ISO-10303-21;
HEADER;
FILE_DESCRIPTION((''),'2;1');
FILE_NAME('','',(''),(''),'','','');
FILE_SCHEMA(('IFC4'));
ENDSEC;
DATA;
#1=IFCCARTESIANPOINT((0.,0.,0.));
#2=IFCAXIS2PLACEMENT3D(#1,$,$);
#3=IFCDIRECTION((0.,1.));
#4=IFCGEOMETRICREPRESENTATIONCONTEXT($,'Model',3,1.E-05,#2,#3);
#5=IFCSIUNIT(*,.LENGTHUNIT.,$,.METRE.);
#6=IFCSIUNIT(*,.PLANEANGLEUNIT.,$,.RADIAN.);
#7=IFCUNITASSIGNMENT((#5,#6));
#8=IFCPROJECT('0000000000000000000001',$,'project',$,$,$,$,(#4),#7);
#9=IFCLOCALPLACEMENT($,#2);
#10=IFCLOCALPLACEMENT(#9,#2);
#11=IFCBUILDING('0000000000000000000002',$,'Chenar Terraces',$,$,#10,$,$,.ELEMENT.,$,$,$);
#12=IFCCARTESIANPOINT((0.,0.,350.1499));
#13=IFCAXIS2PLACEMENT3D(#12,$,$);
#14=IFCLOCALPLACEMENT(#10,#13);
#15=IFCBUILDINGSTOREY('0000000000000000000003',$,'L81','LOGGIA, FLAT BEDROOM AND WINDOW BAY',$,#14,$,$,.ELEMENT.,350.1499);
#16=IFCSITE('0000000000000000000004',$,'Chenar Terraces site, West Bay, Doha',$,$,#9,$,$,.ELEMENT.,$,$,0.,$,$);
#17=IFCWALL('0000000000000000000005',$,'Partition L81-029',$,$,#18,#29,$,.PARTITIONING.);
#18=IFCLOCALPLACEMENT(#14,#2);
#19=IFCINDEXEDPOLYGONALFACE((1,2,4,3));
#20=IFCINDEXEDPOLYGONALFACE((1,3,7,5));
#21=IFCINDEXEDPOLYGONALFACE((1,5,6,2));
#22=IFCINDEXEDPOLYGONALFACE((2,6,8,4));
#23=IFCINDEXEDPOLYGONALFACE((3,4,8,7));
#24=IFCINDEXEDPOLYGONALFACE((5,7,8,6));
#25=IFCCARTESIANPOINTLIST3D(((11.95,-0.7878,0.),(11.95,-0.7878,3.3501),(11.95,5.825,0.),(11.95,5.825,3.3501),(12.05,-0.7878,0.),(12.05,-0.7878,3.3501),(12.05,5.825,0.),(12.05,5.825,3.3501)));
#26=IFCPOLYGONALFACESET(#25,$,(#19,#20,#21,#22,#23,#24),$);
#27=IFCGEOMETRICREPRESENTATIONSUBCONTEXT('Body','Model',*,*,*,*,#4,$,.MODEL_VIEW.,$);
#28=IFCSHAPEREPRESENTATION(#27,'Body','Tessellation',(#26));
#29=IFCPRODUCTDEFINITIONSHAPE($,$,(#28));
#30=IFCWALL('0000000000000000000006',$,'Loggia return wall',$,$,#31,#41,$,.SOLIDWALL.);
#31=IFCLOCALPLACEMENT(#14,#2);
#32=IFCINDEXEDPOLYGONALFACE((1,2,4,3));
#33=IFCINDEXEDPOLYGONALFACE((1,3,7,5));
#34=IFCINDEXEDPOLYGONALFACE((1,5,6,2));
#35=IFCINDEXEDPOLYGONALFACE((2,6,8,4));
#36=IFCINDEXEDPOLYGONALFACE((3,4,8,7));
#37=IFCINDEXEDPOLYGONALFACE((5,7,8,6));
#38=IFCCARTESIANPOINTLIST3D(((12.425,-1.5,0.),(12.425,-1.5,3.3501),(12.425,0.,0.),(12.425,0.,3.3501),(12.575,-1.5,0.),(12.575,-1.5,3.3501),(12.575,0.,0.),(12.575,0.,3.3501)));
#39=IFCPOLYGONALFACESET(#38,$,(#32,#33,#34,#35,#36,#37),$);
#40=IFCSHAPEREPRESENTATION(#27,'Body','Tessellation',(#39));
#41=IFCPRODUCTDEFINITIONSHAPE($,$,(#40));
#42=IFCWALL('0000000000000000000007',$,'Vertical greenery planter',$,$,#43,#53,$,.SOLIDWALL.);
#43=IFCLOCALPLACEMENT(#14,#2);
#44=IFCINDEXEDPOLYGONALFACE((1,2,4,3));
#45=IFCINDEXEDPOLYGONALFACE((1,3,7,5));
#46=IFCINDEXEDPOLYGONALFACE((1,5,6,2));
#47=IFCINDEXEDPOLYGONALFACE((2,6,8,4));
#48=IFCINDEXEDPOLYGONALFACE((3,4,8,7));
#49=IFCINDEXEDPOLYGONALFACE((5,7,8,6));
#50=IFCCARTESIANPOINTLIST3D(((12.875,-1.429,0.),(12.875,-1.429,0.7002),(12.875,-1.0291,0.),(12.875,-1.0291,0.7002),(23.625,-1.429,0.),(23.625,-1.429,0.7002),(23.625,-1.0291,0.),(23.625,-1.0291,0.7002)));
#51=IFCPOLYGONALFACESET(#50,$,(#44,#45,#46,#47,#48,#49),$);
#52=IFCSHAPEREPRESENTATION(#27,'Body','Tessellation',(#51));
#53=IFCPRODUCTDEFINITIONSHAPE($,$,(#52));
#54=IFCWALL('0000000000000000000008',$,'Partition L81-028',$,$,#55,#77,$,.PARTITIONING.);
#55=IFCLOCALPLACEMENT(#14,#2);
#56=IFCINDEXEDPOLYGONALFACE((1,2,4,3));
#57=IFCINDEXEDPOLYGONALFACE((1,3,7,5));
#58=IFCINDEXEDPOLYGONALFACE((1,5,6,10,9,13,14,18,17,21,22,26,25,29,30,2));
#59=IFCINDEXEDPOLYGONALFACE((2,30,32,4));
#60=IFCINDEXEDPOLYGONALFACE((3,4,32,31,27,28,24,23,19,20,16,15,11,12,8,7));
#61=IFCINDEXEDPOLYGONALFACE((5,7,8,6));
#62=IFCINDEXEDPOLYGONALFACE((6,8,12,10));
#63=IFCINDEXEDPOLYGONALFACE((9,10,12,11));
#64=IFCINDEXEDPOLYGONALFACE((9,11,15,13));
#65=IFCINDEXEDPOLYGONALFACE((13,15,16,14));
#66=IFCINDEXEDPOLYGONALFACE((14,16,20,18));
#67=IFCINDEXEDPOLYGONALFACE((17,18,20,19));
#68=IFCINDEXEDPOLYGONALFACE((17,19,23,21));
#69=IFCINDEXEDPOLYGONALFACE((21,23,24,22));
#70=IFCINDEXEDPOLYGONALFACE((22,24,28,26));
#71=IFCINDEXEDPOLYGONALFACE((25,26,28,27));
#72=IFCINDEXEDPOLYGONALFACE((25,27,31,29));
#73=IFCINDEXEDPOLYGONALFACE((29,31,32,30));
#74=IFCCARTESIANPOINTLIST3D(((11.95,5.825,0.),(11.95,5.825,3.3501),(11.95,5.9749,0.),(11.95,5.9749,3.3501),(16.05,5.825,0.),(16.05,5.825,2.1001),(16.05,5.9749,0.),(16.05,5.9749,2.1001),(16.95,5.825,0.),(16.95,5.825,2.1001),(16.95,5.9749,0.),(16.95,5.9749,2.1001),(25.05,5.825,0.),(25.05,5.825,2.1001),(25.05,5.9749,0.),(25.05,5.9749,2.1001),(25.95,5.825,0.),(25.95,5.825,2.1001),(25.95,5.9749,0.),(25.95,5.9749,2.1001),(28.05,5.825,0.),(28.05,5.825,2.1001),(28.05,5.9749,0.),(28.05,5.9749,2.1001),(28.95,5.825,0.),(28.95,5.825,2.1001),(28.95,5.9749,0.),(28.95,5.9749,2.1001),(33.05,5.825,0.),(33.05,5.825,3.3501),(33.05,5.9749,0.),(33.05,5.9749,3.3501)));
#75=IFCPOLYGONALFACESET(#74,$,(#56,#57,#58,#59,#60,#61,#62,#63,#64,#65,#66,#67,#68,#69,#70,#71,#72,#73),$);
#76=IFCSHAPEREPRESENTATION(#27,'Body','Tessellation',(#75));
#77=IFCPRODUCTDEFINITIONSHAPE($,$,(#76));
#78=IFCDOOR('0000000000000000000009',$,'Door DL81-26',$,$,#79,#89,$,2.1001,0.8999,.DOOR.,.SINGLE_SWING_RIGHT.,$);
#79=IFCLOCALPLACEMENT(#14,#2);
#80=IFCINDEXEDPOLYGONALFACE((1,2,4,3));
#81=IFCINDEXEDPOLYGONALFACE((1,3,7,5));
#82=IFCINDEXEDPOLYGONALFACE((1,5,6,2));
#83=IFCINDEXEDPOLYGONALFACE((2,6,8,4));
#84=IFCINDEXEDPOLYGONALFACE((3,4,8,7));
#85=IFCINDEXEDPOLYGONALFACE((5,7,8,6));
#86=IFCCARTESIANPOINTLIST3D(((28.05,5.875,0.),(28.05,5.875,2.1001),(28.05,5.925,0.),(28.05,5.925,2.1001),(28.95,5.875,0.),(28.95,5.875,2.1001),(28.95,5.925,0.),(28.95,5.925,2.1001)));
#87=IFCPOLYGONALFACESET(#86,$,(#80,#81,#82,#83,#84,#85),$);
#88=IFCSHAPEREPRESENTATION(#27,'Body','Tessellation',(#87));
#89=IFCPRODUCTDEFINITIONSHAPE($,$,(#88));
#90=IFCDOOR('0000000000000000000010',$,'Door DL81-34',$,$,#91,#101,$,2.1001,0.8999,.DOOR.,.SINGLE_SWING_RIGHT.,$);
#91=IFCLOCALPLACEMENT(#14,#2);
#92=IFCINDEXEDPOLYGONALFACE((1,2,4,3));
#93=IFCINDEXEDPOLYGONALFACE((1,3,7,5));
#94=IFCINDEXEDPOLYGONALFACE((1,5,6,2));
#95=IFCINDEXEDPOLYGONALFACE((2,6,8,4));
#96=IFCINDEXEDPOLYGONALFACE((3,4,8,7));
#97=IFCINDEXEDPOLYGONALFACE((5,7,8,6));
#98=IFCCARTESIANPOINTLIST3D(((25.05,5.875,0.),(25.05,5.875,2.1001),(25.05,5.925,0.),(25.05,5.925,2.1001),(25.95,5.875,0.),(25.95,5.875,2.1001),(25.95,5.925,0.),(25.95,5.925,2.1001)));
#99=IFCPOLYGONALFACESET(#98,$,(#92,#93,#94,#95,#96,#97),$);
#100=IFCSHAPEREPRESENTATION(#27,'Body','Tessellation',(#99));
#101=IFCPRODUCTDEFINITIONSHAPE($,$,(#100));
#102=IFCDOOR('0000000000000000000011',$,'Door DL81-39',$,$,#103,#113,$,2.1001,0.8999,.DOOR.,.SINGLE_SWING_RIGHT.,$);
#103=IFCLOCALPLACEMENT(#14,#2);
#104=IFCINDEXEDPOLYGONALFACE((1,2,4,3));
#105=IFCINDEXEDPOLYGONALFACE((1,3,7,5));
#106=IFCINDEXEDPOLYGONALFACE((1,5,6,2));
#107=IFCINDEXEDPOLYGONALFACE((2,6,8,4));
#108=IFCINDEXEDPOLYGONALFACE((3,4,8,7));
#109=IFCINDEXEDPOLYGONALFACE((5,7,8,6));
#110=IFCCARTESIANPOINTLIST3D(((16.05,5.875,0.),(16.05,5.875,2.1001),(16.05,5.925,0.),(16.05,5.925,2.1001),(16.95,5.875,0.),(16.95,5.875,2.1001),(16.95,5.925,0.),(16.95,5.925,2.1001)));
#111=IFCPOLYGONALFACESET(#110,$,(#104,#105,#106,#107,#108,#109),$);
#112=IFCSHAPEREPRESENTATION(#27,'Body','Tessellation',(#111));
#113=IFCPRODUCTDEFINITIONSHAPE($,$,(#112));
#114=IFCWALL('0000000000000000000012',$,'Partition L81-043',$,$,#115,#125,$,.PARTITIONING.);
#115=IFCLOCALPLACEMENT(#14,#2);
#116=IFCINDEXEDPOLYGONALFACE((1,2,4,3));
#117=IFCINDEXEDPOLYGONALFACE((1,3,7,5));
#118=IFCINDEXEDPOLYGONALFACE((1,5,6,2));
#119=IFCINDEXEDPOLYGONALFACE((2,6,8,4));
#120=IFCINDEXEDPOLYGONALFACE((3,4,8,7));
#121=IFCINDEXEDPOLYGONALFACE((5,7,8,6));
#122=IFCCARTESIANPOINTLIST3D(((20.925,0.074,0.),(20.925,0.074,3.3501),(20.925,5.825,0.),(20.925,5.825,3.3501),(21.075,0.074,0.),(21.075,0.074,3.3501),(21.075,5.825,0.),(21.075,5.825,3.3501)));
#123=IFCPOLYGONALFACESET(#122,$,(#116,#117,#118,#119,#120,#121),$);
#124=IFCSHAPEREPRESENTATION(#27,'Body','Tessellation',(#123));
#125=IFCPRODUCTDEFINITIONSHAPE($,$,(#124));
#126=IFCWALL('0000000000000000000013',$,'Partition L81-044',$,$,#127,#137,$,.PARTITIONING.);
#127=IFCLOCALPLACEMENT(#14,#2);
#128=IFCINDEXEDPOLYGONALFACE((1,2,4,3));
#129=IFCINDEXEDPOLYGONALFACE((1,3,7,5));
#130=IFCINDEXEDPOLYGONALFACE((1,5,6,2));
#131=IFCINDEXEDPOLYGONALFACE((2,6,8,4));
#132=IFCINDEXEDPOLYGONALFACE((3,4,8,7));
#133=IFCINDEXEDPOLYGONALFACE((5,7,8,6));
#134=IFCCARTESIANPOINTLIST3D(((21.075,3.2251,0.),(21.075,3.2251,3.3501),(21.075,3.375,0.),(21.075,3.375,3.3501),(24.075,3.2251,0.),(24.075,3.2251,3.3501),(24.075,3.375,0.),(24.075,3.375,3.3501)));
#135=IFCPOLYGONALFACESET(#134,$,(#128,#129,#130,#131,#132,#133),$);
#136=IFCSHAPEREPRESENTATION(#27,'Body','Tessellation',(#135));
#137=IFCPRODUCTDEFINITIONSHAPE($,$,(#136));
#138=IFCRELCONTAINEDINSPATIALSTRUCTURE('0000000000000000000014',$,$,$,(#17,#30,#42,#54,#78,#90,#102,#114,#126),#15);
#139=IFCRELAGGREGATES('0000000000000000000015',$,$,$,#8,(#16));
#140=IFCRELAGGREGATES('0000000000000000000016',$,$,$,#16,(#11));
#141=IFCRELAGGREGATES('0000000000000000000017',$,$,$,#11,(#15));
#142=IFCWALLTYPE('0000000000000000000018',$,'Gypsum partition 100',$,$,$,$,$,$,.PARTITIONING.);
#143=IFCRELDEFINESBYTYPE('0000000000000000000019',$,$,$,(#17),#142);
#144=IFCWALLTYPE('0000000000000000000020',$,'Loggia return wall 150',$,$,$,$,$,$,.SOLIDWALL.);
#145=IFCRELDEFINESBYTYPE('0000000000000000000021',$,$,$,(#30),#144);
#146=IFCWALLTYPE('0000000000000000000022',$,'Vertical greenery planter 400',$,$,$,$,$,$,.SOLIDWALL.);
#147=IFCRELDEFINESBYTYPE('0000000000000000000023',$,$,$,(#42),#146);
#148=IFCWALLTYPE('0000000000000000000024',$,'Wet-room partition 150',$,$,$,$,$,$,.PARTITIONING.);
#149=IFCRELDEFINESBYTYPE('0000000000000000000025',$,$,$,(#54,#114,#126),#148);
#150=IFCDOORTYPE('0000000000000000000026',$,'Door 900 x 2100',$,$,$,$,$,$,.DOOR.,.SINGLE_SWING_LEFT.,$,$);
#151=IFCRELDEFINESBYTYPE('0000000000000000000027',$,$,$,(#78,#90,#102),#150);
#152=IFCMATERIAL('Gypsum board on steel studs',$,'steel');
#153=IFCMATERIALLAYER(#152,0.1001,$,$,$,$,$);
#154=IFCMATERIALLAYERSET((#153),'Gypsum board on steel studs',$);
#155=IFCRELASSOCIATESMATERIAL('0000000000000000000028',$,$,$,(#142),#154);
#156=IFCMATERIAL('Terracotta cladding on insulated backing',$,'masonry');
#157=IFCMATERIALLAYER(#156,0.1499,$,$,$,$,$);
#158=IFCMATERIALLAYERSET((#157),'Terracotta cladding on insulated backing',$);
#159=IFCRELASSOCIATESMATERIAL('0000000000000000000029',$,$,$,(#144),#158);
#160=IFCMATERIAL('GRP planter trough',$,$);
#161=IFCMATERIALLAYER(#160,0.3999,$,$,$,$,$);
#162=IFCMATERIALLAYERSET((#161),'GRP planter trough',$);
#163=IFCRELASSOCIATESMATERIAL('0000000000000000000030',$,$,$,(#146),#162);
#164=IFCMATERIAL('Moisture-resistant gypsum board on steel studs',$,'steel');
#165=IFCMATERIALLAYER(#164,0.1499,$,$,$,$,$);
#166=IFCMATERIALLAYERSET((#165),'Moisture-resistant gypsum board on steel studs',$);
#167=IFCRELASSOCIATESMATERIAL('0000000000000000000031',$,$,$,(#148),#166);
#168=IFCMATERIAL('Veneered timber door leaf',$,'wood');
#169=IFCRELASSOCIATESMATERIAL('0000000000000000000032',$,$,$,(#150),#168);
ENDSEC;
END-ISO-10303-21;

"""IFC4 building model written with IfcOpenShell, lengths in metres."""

from ifc_helpers import new_model, si_unit, direction, frame, frame_2d, origin, place, context, subcontext, project, spatial, rectangle, extrude, material, layer, layer_set, type_object, element, fill, save


model = new_model("IFC4")

# Units and contexts
model_context = context("Model", 3, precision=1e-05, world=origin(), true_north=direction((0.0, 1.0)))
body_context = subcontext(model_context, "Body", "Model", "MODEL_VIEW")
ifc_project = project(units=[si_unit("LENGTHUNIT", "METRE"), si_unit("PLANEANGLEUNIT", "RADIAN")], contexts=[model_context])

# Site, building, storey
site_placement = place(None, origin())
site = spatial("IfcSite", under=ifc_project, at=site_placement, Name="Chenar Terraces site, West Bay, Doha", CompositionType="ELEMENT", RefElevation=0.0)
building_placement = place(site_placement, origin())
building = spatial("IfcBuilding", under=site, at=building_placement, Name="Chenar Terraces", CompositionType="ELEMENT")
storey_placement = place(building_placement, frame((0.0, 0.0, 350.1499)))
storey = spatial("IfcBuildingStorey", under=building, at=storey_placement, Name="L81", Description="LOGGIA, FLAT BEDROOM AND WINDOW BAY", CompositionType="ELEMENT", Elevation=350.1499)

# Walls
ifc_material_1 = material(Name="Gypsum board on steel studs", Category="steel")
ifc_layer_1 = layer(ifc_material_1, 0.1001)
ifc_layer_set_1 = layer_set([ifc_layer_1], Name="Gypsum board on steel studs")
wall_type_1 = type_object("IfcWallType", Name="Gypsum partition 100", PredefinedType="PARTITIONING", material=ifc_layer_set_1)
wall_1_placement = place(storey_placement, frame((12.0, -0.7878, 0.0), z_axis=(0.0, 0.0, 1.0), x_axis=(0.0, 1.0, 0.0)))
element("IfcWall", 1, at=wall_1_placement, inside=storey, type_object=wall_type_1, Name="Partition L81-029", PredefinedType="PARTITIONING", context=body_context, shape_type="SweptSolid", body=[
    extrude(rectangle(XDim=6.6128, YDim=0.1001, at=frame_2d((3.3064, 0.0))), origin(), (0.0, 0.0, 1.0), 3.3501),
])
ifc_material_2 = material(Name="Terracotta cladding on insulated backing", Category="masonry")
ifc_layer_2 = layer(ifc_material_2, 0.1499)
ifc_layer_set_2 = layer_set([ifc_layer_2], Name="Terracotta cladding on insulated backing")
wall_type_2 = type_object("IfcWallType", Name="Loggia return wall 150", PredefinedType="SOLIDWALL", material=ifc_layer_set_2)
wall_2_placement = place(storey_placement, frame((12.5, -1.5, 0.0), z_axis=(0.0, 0.0, 1.0), x_axis=(0.0, 1.0, 0.0)))
element("IfcWall", 2, at=wall_2_placement, inside=storey, type_object=wall_type_2, Name="Loggia return wall", PredefinedType="SOLIDWALL", context=body_context, shape_type="SweptSolid", body=[
    extrude(rectangle(XDim=1.5, YDim=0.1499, at=frame_2d((0.75, 0.0))), origin(), (0.0, 0.0, 1.0), 3.3501),
])
ifc_material_3 = material(Name="GRP planter trough")
ifc_layer_3 = layer(ifc_material_3, 0.3999)
ifc_layer_set_3 = layer_set([ifc_layer_3], Name="GRP planter trough")
wall_type_3 = type_object("IfcWallType", Name="Vertical greenery planter 400", PredefinedType="SOLIDWALL", material=ifc_layer_set_3)
wall_3_placement = place(storey_placement, frame((12.875, -1.229, 0.0), z_axis=(0.0, 0.0, 1.0), x_axis=(1.0, 0.0, 0.0)))
element("IfcWall", 3, at=wall_3_placement, inside=storey, type_object=wall_type_3, Name="Vertical greenery planter", PredefinedType="SOLIDWALL", context=body_context, shape_type="SweptSolid", body=[
    extrude(rectangle(XDim=10.75, YDim=0.3999, at=frame_2d((5.375, 0.0))), origin(), (0.0, 0.0, 1.0), 0.7002),
])

# Wall, openings, doors
ifc_material_4 = material(Name="Moisture-resistant gypsum board on steel studs", Category="steel")
ifc_layer_4 = layer(ifc_material_4, 0.1499)
ifc_layer_set_4 = layer_set([ifc_layer_4], Name="Moisture-resistant gypsum board on steel studs")
wall_type_4 = type_object("IfcWallType", Name="Wet-room partition 150", PredefinedType="PARTITIONING", material=ifc_layer_set_4)
wall_4_placement = place(storey_placement, frame((11.95, 5.8999, 0.0), z_axis=(0.0, 0.0, 1.0), x_axis=(1.0, 0.0, 0.0)))
wall_4 = element("IfcWall", 4, at=wall_4_placement, inside=storey, type_object=wall_type_4, Name="Partition L81-028", PredefinedType="PARTITIONING", context=body_context, shape_type="SweptSolid", body=[
    extrude(rectangle(XDim=21.1001, YDim=0.1499, at=frame_2d((10.55, 0.0))), origin(), (0.0, 0.0, 1.0), 3.3501),
])
opening_1_placement = place(wall_4_placement, frame((16.1001, 0.0, 0.0)))
opening_1 = element("IfcOpeningElement", 5, at=opening_1_placement, cuts=wall_4, PredefinedType="OPENING", context=body_context, shape_type="SweptSolid", body=[
    extrude(rectangle(XDim=0.8999, YDim=2.1001, at=frame_2d((0.45, 1.05))), frame((0.0, 0.085, 0.0), z_axis=(0.0, -1.0, 0.0), x_axis=(1.0, 0.0, 0.0)), (0.0, 0.0, 1.0), 0.1699),
])
opening_2_placement = place(wall_4_placement, frame((13.1001, 0.0, 0.0)))
opening_2 = element("IfcOpeningElement", 6, at=opening_2_placement, cuts=wall_4, PredefinedType="OPENING", context=body_context, shape_type="SweptSolid", body=[
    extrude(rectangle(XDim=0.8999, YDim=2.1001, at=frame_2d((0.45, 1.05))), frame((0.0, 0.085, 0.0), z_axis=(0.0, -1.0, 0.0), x_axis=(1.0, 0.0, 0.0)), (0.0, 0.0, 1.0), 0.1699),
])
opening_3_placement = place(wall_4_placement, frame((4.1001, 0.0, 0.0)))
opening_3 = element("IfcOpeningElement", 7, at=opening_3_placement, cuts=wall_4, PredefinedType="OPENING", context=body_context, shape_type="SweptSolid", body=[
    extrude(rectangle(XDim=0.8999, YDim=2.1001, at=frame_2d((0.45, 1.05))), frame((0.0, 0.085, 0.0), z_axis=(0.0, -1.0, 0.0), x_axis=(1.0, 0.0, 0.0)), (0.0, 0.0, 1.0), 0.1699),
])
ifc_material_5 = material(Name="Veneered timber door leaf", Category="wood")
door_type_1 = type_object("IfcDoorType", Name="Door 900 x 2100", OperationType="SINGLE_SWING_LEFT", PredefinedType="DOOR", material=ifc_material_5)
door_1_placement = place(opening_1_placement, frame((0.8999, 0.0, 0.0), z_axis=(0.0, 0.0, 1.0), x_axis=(-1.0, 0.0, 0.0)))
door_1 = element("IfcDoor", 8, at=door_1_placement, inside=storey, type_object=door_type_1, Name="Door DL81-26", OperationType="SINGLE_SWING_RIGHT", OverallHeight=2.1001, OverallWidth=0.8999, PredefinedType="DOOR", context=body_context, shape_type="SweptSolid", body=[
    extrude(rectangle(XDim=0.8999, YDim=2.1001, at=frame_2d((0.45, 1.05))), frame((0.0, 0.0249, 0.0), z_axis=(0.0, -1.0, 0.0), x_axis=(1.0, 0.0, 0.0)), (0.0, 0.0, 1.0), 0.05),
])
fill(opening_1, door_1)
door_2_placement = place(opening_2_placement, frame((0.8999, 0.0, 0.0), z_axis=(0.0, 0.0, 1.0), x_axis=(-1.0, 0.0, 0.0)))
door_2 = element("IfcDoor", 9, at=door_2_placement, inside=storey, type_object=door_type_1, Name="Door DL81-34", OperationType="SINGLE_SWING_RIGHT", OverallHeight=2.1001, OverallWidth=0.8999, PredefinedType="DOOR", context=body_context, shape_type="SweptSolid", body=[
    extrude(rectangle(XDim=0.8999, YDim=2.1001, at=frame_2d((0.45, 1.05))), frame((0.0, 0.0249, 0.0), z_axis=(0.0, -1.0, 0.0), x_axis=(1.0, 0.0, 0.0)), (0.0, 0.0, 1.0), 0.05),
])
fill(opening_2, door_2)
door_3_placement = place(opening_3_placement, frame((0.8999, 0.0, 0.0), z_axis=(0.0, 0.0, 1.0), x_axis=(-1.0, 0.0, 0.0)))
door_3 = element("IfcDoor", 10, at=door_3_placement, inside=storey, type_object=door_type_1, Name="Door DL81-39", OperationType="SINGLE_SWING_RIGHT", OverallHeight=2.1001, OverallWidth=0.8999, PredefinedType="DOOR", context=body_context, shape_type="SweptSolid", body=[
    extrude(rectangle(XDim=0.8999, YDim=2.1001, at=frame_2d((0.45, 1.05))), frame((0.0, 0.0249, 0.0), z_axis=(0.0, -1.0, 0.0), x_axis=(1.0, 0.0, 0.0)), (0.0, 0.0, 1.0), 0.05),
])
fill(opening_3, door_3)

# Walls
wall_5_placement = place(storey_placement, frame((21.0, 0.074, 0.0), z_axis=(0.0, 0.0, 1.0), x_axis=(0.0, 1.0, 0.0)))
element("IfcWall", 11, at=wall_5_placement, inside=storey, type_object=wall_type_4, Name="Partition L81-043", PredefinedType="PARTITIONING", context=body_context, shape_type="SweptSolid", body=[
    extrude(rectangle(XDim=5.751, YDim=0.1499, at=frame_2d((2.8755, 0.0))), origin(), (0.0, 0.0, 1.0), 3.3501),
])
wall_6_placement = place(storey_placement, frame((21.075, 3.3, 0.0), z_axis=(0.0, 0.0, 1.0), x_axis=(1.0, 0.0, 0.0)))
element("IfcWall", 12, at=wall_6_placement, inside=storey, type_object=wall_type_4, Name="Partition L81-044", PredefinedType="PARTITIONING", context=body_context, shape_type="SweptSolid", body=[
    extrude(rectangle(XDim=3.0, YDim=0.1499, at=frame_2d((1.5, 0.0))), origin(), (0.0, 0.0, 1.0), 3.3501),
])

save(model, "model.ifc")
